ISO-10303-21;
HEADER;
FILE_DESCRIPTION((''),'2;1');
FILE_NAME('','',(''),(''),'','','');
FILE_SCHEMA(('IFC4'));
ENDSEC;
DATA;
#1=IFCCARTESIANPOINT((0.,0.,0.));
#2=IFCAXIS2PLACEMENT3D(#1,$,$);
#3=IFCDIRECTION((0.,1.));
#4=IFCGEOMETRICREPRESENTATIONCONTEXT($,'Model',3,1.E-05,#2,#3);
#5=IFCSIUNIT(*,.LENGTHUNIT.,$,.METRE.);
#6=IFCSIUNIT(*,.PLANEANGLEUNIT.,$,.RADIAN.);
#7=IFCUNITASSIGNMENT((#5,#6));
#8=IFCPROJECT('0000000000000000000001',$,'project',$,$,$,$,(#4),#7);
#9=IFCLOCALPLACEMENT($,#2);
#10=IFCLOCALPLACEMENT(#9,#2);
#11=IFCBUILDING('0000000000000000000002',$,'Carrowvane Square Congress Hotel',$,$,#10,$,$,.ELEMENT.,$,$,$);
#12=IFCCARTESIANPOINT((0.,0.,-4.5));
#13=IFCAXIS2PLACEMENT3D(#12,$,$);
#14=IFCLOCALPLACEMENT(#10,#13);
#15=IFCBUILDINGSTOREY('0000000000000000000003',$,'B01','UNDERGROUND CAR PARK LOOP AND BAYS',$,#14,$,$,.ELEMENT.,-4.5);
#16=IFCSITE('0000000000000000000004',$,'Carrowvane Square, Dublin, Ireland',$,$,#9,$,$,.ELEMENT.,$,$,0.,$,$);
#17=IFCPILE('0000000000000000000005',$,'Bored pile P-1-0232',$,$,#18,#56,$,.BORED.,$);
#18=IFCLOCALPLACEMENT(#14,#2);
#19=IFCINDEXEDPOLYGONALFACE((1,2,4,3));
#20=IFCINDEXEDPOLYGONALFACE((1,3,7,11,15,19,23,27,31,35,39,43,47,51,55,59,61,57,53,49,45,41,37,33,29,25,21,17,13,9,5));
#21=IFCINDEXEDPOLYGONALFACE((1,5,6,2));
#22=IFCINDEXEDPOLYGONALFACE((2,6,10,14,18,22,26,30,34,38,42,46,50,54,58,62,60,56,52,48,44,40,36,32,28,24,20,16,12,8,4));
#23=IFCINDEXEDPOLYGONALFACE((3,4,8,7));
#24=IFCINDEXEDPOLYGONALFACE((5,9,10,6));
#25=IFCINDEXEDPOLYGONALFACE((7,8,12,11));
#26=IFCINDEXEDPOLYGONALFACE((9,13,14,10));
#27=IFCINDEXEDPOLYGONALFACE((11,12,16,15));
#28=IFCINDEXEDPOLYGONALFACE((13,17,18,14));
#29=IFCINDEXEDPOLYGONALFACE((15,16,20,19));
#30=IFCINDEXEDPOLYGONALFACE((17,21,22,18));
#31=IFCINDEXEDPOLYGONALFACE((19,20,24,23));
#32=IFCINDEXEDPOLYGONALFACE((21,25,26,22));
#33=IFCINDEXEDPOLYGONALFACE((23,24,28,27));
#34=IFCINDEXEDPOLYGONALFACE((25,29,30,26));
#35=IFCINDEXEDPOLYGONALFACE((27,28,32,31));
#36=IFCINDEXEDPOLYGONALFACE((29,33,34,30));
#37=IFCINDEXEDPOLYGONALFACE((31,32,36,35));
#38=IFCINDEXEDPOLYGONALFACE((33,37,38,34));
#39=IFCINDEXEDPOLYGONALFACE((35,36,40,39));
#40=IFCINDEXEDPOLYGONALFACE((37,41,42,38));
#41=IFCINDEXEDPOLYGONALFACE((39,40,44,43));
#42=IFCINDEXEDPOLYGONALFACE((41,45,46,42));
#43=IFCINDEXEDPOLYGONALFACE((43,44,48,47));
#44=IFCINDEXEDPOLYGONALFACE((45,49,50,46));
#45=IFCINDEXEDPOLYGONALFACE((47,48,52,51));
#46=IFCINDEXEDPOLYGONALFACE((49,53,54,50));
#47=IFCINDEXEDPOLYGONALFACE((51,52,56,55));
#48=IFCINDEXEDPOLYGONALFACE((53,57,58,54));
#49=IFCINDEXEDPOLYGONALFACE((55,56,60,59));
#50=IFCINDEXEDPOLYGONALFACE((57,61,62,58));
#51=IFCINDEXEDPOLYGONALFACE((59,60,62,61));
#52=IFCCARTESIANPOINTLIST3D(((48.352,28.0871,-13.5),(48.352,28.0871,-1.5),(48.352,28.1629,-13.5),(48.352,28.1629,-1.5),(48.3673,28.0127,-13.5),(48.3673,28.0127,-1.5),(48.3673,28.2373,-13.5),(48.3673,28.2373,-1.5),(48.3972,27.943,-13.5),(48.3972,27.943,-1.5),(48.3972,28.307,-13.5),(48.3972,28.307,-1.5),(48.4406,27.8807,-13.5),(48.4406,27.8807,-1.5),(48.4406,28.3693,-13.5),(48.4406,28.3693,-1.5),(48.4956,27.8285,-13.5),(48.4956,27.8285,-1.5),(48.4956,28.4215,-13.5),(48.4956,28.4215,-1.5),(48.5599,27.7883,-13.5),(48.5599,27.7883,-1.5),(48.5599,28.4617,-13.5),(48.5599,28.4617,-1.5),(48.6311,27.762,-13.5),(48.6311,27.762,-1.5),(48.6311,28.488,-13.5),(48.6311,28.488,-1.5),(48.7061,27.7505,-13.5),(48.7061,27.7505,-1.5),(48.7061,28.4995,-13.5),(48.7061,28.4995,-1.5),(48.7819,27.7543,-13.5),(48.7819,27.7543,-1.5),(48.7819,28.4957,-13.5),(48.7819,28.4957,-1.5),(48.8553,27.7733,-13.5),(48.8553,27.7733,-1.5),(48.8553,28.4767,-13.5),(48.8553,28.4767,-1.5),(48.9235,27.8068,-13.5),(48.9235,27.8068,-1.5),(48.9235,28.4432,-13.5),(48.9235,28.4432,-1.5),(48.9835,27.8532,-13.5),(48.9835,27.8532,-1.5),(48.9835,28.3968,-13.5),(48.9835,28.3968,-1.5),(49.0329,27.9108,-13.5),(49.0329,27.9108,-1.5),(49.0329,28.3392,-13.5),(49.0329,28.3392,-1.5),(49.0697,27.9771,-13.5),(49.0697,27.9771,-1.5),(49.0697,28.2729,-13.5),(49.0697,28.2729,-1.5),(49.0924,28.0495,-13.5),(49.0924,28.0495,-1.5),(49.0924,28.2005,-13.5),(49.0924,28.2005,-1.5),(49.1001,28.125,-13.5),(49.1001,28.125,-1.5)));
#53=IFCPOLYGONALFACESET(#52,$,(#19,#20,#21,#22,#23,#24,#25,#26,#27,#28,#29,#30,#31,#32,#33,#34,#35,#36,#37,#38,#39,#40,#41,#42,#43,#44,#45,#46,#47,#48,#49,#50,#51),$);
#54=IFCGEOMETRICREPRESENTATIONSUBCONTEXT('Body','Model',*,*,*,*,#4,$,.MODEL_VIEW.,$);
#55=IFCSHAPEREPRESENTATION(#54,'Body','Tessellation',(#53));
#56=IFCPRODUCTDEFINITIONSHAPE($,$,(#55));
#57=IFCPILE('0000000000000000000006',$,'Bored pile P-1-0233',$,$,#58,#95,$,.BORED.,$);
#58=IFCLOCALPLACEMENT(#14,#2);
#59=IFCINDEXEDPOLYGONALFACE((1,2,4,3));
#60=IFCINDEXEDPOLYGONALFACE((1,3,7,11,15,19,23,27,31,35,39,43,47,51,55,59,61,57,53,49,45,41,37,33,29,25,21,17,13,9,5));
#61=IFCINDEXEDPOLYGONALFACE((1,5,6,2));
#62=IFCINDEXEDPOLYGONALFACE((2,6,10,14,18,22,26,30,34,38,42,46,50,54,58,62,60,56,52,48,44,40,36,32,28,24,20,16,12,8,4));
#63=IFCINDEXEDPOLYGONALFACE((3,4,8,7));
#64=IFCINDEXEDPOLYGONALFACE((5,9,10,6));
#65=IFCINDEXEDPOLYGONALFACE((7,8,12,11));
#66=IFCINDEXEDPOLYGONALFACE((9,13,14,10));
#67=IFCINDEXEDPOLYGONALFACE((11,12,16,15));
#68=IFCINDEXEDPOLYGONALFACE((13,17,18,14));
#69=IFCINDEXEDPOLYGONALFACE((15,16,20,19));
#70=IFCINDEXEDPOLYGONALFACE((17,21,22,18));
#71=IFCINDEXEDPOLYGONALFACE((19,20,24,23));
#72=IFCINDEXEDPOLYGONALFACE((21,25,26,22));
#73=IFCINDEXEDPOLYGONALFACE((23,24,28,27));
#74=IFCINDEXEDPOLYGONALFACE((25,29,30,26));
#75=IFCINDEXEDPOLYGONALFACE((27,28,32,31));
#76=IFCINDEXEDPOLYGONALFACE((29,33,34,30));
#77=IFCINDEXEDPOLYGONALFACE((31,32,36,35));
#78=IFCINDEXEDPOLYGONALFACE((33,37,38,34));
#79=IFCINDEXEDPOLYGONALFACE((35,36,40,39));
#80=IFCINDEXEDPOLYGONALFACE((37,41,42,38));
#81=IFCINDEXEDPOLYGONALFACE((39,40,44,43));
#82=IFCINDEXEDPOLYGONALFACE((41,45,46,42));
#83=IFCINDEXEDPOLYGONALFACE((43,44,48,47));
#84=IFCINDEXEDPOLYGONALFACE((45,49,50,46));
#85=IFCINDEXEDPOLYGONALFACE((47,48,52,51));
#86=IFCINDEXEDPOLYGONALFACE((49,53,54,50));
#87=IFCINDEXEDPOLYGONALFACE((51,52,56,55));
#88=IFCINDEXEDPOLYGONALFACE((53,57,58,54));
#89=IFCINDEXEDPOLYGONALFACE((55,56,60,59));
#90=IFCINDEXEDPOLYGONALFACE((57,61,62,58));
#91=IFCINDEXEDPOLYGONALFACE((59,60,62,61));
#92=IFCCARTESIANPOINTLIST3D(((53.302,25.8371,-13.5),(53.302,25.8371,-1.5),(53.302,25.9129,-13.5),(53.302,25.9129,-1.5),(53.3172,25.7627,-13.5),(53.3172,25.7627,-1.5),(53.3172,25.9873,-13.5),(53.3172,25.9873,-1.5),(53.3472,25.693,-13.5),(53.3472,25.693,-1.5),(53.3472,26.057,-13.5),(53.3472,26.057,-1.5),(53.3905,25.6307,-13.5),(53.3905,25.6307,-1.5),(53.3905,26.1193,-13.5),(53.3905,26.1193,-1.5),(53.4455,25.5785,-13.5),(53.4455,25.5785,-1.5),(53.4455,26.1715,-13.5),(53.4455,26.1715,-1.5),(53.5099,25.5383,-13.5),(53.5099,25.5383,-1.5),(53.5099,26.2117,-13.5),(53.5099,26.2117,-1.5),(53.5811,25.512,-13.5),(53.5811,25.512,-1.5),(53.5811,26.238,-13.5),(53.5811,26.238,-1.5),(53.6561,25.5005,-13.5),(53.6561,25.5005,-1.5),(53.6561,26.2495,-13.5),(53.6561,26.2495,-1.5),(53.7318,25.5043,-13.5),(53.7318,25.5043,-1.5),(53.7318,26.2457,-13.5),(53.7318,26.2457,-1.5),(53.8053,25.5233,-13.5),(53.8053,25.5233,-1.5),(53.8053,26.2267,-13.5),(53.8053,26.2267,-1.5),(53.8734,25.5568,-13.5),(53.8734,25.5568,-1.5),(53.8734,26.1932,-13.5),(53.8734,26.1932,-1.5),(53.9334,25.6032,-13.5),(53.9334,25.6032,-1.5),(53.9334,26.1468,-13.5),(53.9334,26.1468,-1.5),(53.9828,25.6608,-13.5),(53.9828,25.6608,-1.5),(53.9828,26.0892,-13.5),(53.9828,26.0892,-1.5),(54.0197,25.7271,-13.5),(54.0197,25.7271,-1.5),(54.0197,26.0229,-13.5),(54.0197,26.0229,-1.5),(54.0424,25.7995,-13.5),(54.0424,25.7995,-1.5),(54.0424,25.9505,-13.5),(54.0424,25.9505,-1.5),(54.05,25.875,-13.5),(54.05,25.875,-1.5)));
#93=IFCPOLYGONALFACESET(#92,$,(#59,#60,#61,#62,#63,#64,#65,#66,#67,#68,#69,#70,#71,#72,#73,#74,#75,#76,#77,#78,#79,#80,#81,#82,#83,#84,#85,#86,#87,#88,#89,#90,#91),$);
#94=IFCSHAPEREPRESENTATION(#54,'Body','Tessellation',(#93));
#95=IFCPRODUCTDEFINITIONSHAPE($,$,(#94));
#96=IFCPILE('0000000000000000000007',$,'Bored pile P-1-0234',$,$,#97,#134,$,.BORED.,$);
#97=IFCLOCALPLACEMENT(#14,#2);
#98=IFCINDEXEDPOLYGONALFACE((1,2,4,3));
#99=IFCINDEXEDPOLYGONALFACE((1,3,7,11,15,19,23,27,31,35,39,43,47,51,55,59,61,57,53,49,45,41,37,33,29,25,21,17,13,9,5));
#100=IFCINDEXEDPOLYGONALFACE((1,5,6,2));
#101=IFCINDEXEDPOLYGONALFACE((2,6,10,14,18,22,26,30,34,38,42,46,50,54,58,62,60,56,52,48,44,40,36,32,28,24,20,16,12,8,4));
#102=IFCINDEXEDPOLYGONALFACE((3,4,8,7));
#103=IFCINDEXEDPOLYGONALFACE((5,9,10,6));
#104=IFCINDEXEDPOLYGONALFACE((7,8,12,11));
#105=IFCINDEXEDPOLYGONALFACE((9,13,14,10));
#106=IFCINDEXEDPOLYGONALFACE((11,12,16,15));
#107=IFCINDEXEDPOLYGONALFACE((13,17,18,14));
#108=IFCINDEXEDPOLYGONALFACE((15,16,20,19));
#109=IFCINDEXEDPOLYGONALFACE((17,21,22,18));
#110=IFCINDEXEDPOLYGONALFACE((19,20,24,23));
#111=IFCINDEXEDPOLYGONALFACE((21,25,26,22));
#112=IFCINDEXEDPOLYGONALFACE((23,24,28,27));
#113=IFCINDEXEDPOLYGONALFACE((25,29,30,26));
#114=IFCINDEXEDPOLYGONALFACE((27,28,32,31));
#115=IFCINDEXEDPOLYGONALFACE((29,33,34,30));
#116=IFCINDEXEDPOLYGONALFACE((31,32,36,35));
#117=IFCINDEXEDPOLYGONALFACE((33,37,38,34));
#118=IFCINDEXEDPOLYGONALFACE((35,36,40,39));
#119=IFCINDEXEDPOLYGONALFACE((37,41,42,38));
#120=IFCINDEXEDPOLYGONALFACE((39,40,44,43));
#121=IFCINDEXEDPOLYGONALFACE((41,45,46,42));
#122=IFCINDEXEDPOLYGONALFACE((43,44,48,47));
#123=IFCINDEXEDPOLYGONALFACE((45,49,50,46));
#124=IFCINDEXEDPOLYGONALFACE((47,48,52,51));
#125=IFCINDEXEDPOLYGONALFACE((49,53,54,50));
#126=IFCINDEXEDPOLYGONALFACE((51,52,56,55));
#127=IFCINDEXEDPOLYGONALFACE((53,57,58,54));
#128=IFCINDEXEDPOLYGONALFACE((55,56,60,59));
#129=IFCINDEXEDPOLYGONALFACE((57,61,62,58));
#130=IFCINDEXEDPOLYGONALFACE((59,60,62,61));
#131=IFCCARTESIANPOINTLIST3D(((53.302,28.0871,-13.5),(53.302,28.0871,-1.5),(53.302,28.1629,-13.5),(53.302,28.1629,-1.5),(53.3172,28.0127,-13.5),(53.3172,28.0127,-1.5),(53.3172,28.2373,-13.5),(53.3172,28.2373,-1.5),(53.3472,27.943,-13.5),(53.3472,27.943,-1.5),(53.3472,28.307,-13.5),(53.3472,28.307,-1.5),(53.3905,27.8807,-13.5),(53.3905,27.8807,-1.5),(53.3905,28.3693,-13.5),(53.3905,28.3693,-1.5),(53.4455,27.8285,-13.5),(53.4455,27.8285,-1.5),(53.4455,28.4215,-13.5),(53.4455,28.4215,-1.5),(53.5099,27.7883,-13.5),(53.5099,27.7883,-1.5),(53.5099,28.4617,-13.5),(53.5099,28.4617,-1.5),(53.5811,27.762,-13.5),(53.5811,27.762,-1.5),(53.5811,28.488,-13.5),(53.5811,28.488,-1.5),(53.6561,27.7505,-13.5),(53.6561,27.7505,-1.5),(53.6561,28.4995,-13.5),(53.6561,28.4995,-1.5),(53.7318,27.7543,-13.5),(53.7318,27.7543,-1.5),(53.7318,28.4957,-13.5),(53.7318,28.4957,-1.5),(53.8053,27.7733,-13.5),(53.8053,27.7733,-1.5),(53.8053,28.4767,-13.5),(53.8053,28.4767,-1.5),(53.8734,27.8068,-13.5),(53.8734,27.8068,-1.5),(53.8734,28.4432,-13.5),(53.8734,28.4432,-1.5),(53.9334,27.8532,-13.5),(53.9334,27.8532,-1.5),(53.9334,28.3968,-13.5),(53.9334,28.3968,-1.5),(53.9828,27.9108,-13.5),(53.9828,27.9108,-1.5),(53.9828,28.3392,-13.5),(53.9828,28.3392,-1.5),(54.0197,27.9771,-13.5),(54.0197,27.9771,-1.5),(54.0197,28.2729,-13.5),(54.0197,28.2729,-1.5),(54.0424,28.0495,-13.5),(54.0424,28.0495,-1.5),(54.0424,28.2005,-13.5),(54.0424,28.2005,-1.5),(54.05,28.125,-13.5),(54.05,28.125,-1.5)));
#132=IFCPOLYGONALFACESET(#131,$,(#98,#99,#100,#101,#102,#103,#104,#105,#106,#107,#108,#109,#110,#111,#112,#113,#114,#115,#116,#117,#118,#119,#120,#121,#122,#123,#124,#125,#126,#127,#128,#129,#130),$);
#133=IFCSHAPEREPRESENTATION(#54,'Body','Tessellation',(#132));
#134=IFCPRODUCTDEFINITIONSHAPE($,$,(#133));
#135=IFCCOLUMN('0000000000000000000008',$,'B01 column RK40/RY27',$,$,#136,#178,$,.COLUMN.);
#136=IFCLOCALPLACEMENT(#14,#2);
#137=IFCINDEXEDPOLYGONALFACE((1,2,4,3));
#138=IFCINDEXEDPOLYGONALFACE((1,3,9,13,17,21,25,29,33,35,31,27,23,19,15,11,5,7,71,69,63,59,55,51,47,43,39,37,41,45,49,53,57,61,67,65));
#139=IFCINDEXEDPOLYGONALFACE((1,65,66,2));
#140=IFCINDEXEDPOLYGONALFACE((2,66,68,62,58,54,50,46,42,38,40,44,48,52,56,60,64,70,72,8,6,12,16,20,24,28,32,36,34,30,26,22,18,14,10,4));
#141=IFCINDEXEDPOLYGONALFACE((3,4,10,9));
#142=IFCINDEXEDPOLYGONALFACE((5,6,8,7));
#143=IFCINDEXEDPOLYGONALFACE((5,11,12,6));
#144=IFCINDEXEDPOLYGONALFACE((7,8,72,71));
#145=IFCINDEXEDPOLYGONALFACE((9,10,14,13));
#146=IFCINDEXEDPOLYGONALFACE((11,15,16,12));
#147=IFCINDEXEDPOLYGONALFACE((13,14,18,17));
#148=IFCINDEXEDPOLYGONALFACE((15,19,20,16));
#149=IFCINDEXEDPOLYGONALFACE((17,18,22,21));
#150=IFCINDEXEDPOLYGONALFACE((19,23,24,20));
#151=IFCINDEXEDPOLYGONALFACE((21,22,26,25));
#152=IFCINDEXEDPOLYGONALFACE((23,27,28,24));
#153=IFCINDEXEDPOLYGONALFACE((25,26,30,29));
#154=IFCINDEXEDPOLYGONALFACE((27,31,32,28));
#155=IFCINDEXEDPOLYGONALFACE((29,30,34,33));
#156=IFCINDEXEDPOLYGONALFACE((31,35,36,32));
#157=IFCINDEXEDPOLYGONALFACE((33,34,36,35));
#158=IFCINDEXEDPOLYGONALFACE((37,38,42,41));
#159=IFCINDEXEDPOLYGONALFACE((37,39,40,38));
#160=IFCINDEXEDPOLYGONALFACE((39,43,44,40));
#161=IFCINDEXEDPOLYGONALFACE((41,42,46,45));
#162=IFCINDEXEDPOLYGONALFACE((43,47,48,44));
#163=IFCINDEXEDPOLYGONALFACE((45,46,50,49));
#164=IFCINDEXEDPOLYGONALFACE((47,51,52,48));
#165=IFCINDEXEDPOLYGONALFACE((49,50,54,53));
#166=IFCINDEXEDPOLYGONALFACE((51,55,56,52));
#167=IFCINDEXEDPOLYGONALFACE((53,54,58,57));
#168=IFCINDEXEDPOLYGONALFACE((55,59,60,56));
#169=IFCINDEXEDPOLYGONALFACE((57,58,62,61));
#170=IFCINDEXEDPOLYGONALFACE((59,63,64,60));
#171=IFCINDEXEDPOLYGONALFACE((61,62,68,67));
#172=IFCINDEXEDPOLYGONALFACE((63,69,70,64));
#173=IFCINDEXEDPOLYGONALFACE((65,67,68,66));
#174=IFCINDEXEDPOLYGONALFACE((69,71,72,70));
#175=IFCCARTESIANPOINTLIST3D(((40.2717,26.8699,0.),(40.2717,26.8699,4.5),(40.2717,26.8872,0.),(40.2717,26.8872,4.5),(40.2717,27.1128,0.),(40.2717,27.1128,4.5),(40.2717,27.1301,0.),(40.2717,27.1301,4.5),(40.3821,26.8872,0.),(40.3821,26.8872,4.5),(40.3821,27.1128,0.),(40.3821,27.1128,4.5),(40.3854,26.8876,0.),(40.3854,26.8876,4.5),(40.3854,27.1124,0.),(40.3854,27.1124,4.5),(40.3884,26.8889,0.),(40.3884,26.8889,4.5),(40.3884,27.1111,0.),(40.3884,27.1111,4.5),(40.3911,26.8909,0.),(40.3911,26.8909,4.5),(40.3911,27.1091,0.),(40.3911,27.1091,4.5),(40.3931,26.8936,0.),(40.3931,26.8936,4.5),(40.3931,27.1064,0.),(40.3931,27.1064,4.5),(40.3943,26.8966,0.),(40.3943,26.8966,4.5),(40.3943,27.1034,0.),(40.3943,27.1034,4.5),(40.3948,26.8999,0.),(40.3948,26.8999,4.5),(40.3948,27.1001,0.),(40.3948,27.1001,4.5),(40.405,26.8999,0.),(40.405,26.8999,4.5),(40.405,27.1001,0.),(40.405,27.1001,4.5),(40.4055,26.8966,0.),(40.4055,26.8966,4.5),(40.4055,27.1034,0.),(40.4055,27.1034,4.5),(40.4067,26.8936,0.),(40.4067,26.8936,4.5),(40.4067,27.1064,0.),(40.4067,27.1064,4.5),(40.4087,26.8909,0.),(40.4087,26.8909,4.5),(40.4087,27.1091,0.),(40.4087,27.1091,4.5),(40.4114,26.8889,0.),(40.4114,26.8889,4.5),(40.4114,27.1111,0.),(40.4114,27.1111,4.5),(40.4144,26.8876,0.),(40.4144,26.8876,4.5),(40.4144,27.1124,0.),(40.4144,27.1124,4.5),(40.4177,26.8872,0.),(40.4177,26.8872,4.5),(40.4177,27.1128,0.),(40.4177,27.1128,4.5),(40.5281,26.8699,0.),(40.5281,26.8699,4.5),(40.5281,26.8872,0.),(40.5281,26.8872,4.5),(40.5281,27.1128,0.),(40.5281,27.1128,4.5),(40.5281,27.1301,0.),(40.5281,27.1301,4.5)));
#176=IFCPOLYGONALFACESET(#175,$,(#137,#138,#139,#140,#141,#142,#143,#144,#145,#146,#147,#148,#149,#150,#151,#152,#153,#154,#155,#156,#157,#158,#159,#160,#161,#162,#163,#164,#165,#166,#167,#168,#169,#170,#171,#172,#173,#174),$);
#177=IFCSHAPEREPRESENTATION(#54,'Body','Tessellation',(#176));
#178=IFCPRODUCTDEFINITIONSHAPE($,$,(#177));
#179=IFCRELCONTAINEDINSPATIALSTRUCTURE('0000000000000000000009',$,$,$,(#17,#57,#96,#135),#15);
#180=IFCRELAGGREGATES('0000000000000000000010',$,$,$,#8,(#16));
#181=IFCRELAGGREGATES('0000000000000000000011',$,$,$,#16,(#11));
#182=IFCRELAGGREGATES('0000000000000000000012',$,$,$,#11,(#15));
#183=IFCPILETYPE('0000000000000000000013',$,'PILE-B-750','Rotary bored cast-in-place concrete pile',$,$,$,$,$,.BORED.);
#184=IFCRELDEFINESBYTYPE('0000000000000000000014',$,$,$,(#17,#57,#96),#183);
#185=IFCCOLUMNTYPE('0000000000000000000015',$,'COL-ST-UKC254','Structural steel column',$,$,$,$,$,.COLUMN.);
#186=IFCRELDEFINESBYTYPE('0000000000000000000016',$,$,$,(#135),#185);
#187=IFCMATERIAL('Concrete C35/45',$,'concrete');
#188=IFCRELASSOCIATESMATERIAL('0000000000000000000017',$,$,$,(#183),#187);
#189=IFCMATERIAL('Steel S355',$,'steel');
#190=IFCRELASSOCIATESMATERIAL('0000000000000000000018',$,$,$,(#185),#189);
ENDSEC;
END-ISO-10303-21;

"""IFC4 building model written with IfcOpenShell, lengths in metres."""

from ifc_helpers import new_model, si_unit, direction, frame, origin, origin_2d, place, context, subcontext, project, spatial, circle, i_section, extrude, material, material_profile, profile_set, type_object, element, save


model = new_model("IFC4")

# Units and contexts
model_context = context("Model", 3, precision=1e-05, world=origin(), true_north=direction((0.0, 1.0)))
body_context = subcontext(model_context, "Body", "Model", "MODEL_VIEW")
ifc_project = project(units=[si_unit("LENGTHUNIT", "METRE"), si_unit("PLANEANGLEUNIT", "RADIAN")], contexts=[model_context])

# Site, building, storey
site_placement = place(None, origin())
site = spatial("IfcSite", under=ifc_project, at=site_placement, Name="Carrowvane Square, Dublin, Ireland", CompositionType="ELEMENT", RefElevation=0.0)
building_placement = place(site_placement, origin())
building = spatial("IfcBuilding", under=site, at=building_placement, Name="Carrowvane Square Congress Hotel", CompositionType="ELEMENT")
storey_placement = place(building_placement, frame((0.0, 0.0, -4.5)))
storey = spatial("IfcBuildingStorey", under=building, at=storey_placement, Name="B01", Description="UNDERGROUND CAR PARK LOOP AND BAYS", CompositionType="ELEMENT", Elevation=-4.5)

# Piles
ifc_material_1 = material(Name="Concrete C35/45", Category="concrete")
ifc_material_profile_1 = material_profile(ifc_material_1, circle(Radius=0.375, at=origin_2d()), Name="PILE D750")
ifc_profile_set_1 = profile_set([ifc_material_profile_1], Name="Concrete C35/45")
pile_type = type_object("IfcPileType", Name="PILE-B-750", Description="Rotary bored cast-in-place concrete pile", PredefinedType="BORED", material=ifc_profile_set_1)
for number, where, z_axis, x_axis, name in (
    (1, (48.7251, 28.125, -1.5), (0.0, 0.0, -1.0), (1.0, 0.0, 0.0), "Bored pile P-1-0232"),
    (2, (53.675, 25.875, -1.5), (0.0, 0.0, -1.0), (1.0, 0.0, 0.0), "Bored pile P-1-0233"),
    (3, (53.675, 28.125, -1.5), (0.0, 0.0, -1.0), (1.0, 0.0, 0.0), "Bored pile P-1-0234"),
):
    element("IfcPile", number, at=place(storey_placement, frame(where, z_axis=z_axis, x_axis=x_axis)), inside=storey, type_object=pile_type, Name=name, PredefinedType="BORED", context=body_context, shape_type="SweptSolid", body=[
        extrude(circle(Radius=0.375, at=origin_2d()), origin(), (0.0, 0.0, 1.0), 12.0),
    ])

# Column
ifc_material_2 = material(Name="Steel S355", Category="steel")
ifc_material_profile_2 = material_profile(ifc_material_2, i_section(OverallWidth=0.2563, OverallDepth=0.2603, WebThickness=0.0103, FlangeThickness=0.0173, FilletRadius=0.0127, at=origin_2d()), Name="UKC 254x254x89")
ifc_profile_set_2 = profile_set([ifc_material_profile_2], Name="Steel S355")
column_type = type_object("IfcColumnType", Name="COL-ST-UKC254", Description="Structural steel column", PredefinedType="COLUMN", material=ifc_profile_set_2)
for number, where, z_axis, x_axis, name in (
    (4, (40.3999, 27.0, 0.0), (0.0, 0.0, 1.0), (1.0, 0.0, 0.0), "B01 column RK40/RY27"),
):
    element("IfcColumn", number, at=place(storey_placement, frame(where, z_axis=z_axis, x_axis=x_axis)), inside=storey, type_object=column_type, Name=name, PredefinedType="COLUMN", context=body_context, shape_type="SweptSolid", body=[
        extrude(i_section(OverallWidth=0.2563, OverallDepth=0.2603, WebThickness=0.0103, FlangeThickness=0.0173, FilletRadius=0.0127, at=origin_2d()), origin(), (0.0, 0.0, 1.0), 4.5),
    ])

save(model, "model.ifc")
